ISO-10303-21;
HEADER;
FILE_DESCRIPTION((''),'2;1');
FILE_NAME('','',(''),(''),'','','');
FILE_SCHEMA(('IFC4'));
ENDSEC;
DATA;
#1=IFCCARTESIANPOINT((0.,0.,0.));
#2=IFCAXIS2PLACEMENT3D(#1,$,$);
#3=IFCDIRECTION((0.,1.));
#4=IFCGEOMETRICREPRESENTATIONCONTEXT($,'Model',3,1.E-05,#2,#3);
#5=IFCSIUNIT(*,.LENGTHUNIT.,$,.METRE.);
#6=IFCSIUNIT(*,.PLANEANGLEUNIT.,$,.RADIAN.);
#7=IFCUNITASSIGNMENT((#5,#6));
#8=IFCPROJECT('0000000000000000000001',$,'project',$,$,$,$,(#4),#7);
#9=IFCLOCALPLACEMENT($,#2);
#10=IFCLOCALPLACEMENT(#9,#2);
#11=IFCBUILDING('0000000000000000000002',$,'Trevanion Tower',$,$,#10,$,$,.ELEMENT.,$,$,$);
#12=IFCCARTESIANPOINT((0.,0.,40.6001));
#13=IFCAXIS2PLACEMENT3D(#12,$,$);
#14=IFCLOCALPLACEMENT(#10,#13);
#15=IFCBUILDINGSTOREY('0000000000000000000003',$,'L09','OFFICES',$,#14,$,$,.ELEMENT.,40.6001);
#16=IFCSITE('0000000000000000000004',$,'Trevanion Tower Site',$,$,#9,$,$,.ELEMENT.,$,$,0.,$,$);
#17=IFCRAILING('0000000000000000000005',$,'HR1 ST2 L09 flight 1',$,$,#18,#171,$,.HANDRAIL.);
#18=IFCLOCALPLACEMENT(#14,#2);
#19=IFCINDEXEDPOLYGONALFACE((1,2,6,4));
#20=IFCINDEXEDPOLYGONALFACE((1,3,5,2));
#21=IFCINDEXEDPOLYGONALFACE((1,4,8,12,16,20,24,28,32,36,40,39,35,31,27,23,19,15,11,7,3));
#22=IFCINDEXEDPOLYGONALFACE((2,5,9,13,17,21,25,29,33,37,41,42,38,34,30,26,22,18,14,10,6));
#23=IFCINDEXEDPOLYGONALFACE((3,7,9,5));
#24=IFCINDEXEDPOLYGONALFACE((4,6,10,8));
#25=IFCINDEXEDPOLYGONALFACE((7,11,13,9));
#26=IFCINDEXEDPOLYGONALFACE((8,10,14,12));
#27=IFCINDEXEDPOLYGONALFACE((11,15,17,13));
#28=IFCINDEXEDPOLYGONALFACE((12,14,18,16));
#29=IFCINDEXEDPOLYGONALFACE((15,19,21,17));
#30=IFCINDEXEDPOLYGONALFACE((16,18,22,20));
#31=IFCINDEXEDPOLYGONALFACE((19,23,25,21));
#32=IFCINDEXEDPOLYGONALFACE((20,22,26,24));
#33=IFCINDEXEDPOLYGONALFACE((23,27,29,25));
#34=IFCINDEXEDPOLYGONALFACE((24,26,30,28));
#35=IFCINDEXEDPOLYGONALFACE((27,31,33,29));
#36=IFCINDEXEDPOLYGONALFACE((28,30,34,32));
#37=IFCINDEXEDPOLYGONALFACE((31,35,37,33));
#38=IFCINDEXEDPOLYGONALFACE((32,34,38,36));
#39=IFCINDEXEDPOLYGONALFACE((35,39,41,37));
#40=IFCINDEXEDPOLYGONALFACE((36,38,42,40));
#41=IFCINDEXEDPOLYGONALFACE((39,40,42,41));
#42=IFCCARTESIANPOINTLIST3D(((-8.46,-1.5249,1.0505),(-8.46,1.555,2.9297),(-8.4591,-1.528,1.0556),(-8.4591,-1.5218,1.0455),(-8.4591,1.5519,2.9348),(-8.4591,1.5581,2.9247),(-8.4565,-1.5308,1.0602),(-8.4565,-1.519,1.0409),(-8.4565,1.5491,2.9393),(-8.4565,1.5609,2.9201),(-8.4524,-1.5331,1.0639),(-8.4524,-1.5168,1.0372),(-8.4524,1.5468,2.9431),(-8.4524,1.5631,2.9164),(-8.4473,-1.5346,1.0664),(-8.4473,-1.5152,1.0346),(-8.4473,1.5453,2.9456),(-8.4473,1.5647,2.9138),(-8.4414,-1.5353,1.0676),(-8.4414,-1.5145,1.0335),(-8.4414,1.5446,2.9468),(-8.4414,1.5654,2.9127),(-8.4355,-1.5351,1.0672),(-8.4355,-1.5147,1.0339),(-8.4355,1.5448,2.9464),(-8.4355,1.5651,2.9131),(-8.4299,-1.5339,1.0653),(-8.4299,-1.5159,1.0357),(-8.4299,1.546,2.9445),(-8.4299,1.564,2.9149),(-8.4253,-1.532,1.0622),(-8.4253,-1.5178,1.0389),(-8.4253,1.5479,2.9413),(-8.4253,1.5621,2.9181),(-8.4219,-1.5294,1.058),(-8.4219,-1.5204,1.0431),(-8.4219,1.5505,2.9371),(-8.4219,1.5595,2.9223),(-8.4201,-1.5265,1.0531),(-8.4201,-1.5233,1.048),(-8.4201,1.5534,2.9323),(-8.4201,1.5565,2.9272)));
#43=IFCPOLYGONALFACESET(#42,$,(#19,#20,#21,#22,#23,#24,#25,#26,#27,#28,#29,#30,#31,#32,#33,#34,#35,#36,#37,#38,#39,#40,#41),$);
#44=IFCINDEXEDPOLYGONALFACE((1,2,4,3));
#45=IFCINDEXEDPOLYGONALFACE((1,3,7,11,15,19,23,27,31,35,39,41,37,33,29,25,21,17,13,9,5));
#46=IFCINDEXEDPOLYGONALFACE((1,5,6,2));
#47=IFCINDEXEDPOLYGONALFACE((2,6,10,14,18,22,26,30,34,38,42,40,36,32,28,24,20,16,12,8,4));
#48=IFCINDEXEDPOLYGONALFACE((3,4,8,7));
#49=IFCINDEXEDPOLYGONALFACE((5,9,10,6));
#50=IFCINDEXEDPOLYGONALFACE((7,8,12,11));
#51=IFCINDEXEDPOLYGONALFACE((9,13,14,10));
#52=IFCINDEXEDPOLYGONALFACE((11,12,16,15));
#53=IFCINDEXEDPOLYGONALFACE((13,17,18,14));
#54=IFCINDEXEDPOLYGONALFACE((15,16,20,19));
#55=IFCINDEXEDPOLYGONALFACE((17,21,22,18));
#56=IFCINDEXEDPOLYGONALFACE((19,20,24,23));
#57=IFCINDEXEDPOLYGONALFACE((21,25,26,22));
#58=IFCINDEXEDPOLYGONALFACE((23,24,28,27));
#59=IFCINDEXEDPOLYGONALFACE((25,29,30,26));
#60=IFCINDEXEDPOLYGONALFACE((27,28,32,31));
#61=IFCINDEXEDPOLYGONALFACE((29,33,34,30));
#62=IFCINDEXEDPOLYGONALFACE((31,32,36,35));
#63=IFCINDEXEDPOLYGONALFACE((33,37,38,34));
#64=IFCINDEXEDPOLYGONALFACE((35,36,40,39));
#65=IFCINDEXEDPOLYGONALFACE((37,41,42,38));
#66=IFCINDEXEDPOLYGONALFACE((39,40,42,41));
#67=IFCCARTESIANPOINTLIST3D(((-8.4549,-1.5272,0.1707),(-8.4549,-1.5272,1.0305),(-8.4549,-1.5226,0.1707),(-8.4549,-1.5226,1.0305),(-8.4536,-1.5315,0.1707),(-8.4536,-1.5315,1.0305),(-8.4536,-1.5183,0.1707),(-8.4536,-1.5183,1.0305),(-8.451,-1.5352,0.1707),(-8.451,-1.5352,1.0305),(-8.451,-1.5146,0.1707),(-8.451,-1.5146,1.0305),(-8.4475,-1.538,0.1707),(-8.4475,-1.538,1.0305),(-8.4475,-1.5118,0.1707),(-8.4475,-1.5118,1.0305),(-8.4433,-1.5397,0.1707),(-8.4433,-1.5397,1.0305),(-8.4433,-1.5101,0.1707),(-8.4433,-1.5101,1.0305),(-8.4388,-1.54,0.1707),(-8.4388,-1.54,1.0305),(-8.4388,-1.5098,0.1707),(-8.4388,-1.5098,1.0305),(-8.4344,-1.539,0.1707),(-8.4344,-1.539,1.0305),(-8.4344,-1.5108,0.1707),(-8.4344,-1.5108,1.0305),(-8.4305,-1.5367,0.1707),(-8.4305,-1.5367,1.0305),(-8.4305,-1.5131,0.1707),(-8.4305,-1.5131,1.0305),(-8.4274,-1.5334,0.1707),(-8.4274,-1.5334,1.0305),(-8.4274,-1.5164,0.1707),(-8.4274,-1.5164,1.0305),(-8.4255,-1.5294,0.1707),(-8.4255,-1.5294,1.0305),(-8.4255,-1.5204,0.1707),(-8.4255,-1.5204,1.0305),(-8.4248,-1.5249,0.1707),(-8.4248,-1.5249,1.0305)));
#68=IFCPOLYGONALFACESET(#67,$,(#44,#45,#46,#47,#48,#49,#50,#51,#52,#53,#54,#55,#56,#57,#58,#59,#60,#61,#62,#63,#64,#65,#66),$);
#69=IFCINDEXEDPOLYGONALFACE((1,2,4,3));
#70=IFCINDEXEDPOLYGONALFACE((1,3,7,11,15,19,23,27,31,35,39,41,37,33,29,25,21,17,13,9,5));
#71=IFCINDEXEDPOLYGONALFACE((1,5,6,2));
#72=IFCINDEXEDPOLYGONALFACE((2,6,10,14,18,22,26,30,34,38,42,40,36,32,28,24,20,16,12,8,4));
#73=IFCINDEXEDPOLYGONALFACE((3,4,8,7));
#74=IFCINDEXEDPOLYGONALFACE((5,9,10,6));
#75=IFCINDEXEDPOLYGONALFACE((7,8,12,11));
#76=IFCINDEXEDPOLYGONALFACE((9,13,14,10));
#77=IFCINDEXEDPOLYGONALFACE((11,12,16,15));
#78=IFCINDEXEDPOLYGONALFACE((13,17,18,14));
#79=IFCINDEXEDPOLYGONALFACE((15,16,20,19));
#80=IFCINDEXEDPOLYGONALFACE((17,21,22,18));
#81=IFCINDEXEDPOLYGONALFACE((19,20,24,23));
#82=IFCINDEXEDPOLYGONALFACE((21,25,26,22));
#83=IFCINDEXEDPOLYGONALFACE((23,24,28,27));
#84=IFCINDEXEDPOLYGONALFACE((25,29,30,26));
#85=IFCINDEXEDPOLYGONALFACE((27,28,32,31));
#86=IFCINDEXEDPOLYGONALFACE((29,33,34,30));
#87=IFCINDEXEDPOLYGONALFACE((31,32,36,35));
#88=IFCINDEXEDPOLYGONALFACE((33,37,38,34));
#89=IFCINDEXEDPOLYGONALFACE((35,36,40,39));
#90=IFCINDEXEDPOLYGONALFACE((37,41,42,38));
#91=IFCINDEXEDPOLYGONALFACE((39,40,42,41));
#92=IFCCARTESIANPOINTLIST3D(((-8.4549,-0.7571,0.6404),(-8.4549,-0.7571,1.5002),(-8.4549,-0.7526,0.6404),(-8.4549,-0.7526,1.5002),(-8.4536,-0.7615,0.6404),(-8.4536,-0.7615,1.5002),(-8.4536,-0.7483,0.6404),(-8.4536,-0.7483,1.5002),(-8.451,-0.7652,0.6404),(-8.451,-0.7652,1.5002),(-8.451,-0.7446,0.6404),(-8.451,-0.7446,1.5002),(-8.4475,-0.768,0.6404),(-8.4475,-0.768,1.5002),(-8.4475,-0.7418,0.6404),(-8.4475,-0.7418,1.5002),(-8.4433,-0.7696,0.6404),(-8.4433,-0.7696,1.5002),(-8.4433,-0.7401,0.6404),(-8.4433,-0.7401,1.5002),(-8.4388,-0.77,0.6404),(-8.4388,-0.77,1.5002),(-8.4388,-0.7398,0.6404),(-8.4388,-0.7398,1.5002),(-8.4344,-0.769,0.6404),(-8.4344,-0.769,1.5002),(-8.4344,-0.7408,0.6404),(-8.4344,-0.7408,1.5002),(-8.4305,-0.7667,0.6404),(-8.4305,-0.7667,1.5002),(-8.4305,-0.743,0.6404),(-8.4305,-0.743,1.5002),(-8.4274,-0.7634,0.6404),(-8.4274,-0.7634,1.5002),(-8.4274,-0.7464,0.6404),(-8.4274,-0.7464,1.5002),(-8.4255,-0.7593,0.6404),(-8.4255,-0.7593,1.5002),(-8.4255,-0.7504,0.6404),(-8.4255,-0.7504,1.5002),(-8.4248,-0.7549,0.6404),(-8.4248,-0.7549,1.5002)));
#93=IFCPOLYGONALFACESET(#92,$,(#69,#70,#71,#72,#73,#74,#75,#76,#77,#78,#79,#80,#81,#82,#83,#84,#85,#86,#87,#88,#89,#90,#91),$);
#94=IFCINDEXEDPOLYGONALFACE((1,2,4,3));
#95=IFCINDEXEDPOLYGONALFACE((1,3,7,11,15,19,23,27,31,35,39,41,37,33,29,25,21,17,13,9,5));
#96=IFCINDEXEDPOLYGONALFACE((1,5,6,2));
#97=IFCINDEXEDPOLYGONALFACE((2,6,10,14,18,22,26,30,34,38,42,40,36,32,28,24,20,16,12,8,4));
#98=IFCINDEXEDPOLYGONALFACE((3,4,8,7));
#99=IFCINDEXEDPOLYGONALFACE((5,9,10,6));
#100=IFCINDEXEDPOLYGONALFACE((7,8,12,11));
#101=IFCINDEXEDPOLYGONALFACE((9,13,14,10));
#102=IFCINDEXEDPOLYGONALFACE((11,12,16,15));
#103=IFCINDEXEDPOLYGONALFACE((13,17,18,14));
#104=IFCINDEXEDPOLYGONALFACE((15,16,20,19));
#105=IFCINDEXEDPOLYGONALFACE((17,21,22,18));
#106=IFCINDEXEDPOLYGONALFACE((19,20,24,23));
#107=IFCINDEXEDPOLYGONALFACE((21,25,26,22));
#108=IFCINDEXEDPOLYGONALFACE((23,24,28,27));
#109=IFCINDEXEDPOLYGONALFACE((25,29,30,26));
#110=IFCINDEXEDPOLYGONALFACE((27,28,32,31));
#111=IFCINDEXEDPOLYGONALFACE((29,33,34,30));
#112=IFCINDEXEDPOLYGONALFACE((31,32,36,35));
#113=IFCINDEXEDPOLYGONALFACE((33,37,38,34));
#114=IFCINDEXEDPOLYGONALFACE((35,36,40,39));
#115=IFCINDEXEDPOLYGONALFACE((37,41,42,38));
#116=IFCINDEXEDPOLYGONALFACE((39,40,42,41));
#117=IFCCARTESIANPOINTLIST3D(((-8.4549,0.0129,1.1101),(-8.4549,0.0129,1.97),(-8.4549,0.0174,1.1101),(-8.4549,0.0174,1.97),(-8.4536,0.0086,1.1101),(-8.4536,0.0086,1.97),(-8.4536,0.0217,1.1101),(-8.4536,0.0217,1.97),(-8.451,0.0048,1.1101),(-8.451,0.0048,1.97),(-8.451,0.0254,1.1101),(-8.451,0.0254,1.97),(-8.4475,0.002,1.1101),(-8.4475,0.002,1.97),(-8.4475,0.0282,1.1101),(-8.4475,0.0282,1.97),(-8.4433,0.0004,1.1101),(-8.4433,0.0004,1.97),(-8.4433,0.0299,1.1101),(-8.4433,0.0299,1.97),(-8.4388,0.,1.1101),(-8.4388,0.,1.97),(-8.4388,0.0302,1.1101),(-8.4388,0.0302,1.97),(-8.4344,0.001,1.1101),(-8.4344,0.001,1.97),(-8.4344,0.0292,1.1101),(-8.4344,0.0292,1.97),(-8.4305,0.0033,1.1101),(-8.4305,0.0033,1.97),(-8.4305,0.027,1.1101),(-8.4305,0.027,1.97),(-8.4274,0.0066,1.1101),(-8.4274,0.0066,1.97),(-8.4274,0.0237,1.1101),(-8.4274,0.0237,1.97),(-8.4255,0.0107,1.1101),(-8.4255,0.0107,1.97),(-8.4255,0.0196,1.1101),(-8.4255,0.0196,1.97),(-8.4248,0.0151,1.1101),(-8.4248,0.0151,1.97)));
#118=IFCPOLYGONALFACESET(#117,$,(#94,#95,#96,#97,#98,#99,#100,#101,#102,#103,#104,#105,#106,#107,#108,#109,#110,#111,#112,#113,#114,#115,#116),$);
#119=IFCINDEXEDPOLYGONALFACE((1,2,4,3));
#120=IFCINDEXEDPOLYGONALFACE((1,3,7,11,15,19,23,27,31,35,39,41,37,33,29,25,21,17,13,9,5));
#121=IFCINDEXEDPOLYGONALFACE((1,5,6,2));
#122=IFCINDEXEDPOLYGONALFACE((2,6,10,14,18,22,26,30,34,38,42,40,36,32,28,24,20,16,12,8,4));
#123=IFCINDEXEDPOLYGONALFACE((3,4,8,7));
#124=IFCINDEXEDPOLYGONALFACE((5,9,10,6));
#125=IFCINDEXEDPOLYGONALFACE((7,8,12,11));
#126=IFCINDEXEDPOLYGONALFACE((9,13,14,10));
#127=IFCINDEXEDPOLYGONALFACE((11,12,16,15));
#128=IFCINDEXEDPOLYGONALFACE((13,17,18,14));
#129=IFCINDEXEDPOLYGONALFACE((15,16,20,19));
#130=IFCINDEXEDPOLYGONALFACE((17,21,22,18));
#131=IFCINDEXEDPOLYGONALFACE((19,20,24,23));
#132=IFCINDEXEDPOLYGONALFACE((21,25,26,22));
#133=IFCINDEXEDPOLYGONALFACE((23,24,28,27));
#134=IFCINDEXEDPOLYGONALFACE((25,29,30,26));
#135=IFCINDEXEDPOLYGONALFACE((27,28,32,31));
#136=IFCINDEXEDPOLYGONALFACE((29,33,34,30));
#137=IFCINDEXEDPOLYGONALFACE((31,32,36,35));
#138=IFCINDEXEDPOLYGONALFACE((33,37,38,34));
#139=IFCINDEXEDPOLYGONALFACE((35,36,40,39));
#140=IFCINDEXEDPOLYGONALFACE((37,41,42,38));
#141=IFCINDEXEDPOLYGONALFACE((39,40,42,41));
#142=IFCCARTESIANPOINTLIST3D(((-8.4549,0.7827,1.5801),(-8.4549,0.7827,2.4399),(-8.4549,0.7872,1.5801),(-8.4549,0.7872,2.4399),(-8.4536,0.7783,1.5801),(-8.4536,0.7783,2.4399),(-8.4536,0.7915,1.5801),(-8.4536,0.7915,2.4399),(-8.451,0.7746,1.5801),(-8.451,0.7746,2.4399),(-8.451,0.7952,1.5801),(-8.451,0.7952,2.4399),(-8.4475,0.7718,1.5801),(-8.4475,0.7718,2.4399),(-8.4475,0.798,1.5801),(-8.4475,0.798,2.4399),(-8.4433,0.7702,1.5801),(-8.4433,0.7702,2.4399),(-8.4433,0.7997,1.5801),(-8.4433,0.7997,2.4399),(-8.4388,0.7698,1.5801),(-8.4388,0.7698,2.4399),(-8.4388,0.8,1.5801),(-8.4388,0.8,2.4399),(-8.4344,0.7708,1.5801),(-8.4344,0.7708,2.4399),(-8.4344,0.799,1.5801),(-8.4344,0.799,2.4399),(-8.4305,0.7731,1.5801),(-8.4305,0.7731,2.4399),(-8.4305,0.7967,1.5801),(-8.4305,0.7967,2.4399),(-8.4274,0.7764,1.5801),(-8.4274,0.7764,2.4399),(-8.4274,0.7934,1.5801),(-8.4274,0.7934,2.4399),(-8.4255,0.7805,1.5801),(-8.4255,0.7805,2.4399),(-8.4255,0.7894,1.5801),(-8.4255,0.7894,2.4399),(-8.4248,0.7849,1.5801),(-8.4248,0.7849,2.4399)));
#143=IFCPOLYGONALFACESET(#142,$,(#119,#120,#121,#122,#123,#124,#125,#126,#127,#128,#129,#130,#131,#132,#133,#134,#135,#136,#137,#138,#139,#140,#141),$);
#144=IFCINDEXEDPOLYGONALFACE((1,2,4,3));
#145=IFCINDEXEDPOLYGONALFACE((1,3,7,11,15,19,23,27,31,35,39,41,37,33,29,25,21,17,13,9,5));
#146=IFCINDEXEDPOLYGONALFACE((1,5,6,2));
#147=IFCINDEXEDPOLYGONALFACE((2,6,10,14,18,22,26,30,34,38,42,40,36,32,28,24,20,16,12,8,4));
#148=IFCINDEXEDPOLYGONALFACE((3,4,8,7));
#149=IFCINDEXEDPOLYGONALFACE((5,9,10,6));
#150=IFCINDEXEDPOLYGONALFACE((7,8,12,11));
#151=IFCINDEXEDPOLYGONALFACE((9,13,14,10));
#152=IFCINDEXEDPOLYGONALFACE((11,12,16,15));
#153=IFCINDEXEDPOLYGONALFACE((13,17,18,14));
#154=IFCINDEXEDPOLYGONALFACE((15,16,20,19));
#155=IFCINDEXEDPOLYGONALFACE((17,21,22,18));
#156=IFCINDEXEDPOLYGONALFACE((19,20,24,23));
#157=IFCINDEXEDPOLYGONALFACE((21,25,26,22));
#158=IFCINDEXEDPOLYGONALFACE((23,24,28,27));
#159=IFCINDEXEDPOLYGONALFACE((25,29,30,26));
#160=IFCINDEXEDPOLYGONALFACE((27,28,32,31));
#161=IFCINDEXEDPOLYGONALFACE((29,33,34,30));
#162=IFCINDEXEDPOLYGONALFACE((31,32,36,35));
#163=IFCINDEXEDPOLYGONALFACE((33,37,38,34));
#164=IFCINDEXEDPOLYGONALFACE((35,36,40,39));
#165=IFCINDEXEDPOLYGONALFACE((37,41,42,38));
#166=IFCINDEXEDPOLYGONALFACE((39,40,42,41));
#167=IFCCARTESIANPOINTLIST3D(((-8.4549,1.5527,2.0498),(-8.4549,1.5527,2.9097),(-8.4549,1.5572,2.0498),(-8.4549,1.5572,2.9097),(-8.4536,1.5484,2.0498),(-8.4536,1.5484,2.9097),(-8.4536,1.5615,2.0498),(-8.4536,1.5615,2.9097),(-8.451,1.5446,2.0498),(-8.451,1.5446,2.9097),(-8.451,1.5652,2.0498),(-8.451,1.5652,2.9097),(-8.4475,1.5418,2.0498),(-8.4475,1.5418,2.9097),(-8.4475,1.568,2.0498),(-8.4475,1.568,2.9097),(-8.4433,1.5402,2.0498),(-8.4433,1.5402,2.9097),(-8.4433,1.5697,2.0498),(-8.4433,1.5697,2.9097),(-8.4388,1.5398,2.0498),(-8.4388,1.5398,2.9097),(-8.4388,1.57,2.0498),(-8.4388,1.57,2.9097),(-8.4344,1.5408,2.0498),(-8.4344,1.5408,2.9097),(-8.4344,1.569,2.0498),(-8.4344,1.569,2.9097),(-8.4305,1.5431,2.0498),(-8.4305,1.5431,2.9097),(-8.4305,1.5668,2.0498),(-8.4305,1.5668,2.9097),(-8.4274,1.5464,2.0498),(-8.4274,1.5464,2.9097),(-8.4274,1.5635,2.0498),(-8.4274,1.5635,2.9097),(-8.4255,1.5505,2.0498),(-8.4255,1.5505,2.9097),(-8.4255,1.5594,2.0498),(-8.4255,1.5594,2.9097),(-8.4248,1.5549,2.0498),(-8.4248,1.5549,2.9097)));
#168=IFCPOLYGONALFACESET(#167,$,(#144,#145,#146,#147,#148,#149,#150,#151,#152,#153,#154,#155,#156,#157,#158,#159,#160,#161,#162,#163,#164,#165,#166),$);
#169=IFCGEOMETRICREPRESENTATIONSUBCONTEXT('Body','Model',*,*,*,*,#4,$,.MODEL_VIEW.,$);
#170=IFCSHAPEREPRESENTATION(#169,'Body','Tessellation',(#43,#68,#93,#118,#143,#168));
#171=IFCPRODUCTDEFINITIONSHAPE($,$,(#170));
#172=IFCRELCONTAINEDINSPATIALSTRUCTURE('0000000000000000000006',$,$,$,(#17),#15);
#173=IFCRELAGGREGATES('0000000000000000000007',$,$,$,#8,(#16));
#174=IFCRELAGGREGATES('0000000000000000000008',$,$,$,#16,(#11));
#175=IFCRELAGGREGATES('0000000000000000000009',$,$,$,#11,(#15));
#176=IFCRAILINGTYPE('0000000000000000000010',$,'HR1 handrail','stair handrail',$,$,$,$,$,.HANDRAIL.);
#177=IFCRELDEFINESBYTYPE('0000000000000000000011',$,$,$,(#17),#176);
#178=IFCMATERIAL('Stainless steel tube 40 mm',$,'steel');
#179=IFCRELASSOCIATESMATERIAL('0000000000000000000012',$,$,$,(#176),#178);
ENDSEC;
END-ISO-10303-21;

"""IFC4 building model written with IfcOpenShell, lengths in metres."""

from ifc_helpers import new_model, si_unit, direction, frame, origin, origin_2d, place, context, subcontext, project, spatial, circle, extrude, material, type_object, element, save


model = new_model("IFC4")

# Units and contexts
model_context = context("Model", 3, precision=1e-05, world=origin(), true_north=direction((0.0, 1.0)))
body_context = subcontext(model_context, "Body", "Model", "MODEL_VIEW")
ifc_project = project(units=[si_unit("LENGTHUNIT", "METRE"), si_unit("PLANEANGLEUNIT", "RADIAN")], contexts=[model_context])

# Site, building, storey
site_placement = place(None, origin())
site = spatial("IfcSite", under=ifc_project, at=site_placement, Name="Trevanion Tower Site", CompositionType="ELEMENT", RefElevation=0.0)
building_placement = place(site_placement, origin())
building = spatial("IfcBuilding", under=site, at=building_placement, Name="Trevanion Tower", CompositionType="ELEMENT")
storey_placement = place(building_placement, frame((0.0, 0.0, 40.6001)))
storey = spatial("IfcBuildingStorey", under=building, at=storey_placement, Name="L09", Description="OFFICES", CompositionType="ELEMENT", Elevation=40.6001)

# Railing
ifc_material_1 = material(Name="Stainless steel tube 40 mm", Category="steel")
railing_type = type_object("IfcRailingType", Name="HR1 handrail", Description="stair handrail", PredefinedType="HANDRAIL", material=ifc_material_1)
for number, where, name in (
    (1, (-8.4399, -1.5249, 0.1707), "HR1 ST2 L09 flight 1"),
):
    element("IfcRailing", number, at=place(storey_placement, frame(where)), inside=storey, type_object=railing_type, Name=name, PredefinedType="HANDRAIL", context=body_context, shape_type="SweptSolid", body=[
        extrude(circle(Radius=0.02, at=origin_2d()), frame((0.0, 0.0, 0.8799), z_axis=(0.0, 0.853648, 0.52085), x_axis=(-1.0, 0.0, 0.0)), (0.0, 0.0, 1.0), 3.6079),
        extrude(circle(Radius=0.0151, at=origin_2d()), origin(), (0.0, 0.0, 1.0), 0.8599),
        extrude(circle(Radius=0.0151, at=origin_2d()), frame((0.0, 0.77, 0.4697)), (0.0, 0.0, 1.0), 0.8599),
        extrude(circle(Radius=0.0151, at=origin_2d()), frame((0.0, 1.54, 0.9395)), (0.0, 0.0, 1.0), 0.8599),
        extrude(circle(Radius=0.0151, at=origin_2d()), frame((0.0, 2.3098, 1.4094)), (0.0, 0.0, 1.0), 0.8599),
        extrude(circle(Radius=0.0151, at=origin_2d()), frame((0.0, 3.0798, 1.8792)), (0.0, 0.0, 1.0), 0.8599),
    ])

save(model, "model.ifc")
